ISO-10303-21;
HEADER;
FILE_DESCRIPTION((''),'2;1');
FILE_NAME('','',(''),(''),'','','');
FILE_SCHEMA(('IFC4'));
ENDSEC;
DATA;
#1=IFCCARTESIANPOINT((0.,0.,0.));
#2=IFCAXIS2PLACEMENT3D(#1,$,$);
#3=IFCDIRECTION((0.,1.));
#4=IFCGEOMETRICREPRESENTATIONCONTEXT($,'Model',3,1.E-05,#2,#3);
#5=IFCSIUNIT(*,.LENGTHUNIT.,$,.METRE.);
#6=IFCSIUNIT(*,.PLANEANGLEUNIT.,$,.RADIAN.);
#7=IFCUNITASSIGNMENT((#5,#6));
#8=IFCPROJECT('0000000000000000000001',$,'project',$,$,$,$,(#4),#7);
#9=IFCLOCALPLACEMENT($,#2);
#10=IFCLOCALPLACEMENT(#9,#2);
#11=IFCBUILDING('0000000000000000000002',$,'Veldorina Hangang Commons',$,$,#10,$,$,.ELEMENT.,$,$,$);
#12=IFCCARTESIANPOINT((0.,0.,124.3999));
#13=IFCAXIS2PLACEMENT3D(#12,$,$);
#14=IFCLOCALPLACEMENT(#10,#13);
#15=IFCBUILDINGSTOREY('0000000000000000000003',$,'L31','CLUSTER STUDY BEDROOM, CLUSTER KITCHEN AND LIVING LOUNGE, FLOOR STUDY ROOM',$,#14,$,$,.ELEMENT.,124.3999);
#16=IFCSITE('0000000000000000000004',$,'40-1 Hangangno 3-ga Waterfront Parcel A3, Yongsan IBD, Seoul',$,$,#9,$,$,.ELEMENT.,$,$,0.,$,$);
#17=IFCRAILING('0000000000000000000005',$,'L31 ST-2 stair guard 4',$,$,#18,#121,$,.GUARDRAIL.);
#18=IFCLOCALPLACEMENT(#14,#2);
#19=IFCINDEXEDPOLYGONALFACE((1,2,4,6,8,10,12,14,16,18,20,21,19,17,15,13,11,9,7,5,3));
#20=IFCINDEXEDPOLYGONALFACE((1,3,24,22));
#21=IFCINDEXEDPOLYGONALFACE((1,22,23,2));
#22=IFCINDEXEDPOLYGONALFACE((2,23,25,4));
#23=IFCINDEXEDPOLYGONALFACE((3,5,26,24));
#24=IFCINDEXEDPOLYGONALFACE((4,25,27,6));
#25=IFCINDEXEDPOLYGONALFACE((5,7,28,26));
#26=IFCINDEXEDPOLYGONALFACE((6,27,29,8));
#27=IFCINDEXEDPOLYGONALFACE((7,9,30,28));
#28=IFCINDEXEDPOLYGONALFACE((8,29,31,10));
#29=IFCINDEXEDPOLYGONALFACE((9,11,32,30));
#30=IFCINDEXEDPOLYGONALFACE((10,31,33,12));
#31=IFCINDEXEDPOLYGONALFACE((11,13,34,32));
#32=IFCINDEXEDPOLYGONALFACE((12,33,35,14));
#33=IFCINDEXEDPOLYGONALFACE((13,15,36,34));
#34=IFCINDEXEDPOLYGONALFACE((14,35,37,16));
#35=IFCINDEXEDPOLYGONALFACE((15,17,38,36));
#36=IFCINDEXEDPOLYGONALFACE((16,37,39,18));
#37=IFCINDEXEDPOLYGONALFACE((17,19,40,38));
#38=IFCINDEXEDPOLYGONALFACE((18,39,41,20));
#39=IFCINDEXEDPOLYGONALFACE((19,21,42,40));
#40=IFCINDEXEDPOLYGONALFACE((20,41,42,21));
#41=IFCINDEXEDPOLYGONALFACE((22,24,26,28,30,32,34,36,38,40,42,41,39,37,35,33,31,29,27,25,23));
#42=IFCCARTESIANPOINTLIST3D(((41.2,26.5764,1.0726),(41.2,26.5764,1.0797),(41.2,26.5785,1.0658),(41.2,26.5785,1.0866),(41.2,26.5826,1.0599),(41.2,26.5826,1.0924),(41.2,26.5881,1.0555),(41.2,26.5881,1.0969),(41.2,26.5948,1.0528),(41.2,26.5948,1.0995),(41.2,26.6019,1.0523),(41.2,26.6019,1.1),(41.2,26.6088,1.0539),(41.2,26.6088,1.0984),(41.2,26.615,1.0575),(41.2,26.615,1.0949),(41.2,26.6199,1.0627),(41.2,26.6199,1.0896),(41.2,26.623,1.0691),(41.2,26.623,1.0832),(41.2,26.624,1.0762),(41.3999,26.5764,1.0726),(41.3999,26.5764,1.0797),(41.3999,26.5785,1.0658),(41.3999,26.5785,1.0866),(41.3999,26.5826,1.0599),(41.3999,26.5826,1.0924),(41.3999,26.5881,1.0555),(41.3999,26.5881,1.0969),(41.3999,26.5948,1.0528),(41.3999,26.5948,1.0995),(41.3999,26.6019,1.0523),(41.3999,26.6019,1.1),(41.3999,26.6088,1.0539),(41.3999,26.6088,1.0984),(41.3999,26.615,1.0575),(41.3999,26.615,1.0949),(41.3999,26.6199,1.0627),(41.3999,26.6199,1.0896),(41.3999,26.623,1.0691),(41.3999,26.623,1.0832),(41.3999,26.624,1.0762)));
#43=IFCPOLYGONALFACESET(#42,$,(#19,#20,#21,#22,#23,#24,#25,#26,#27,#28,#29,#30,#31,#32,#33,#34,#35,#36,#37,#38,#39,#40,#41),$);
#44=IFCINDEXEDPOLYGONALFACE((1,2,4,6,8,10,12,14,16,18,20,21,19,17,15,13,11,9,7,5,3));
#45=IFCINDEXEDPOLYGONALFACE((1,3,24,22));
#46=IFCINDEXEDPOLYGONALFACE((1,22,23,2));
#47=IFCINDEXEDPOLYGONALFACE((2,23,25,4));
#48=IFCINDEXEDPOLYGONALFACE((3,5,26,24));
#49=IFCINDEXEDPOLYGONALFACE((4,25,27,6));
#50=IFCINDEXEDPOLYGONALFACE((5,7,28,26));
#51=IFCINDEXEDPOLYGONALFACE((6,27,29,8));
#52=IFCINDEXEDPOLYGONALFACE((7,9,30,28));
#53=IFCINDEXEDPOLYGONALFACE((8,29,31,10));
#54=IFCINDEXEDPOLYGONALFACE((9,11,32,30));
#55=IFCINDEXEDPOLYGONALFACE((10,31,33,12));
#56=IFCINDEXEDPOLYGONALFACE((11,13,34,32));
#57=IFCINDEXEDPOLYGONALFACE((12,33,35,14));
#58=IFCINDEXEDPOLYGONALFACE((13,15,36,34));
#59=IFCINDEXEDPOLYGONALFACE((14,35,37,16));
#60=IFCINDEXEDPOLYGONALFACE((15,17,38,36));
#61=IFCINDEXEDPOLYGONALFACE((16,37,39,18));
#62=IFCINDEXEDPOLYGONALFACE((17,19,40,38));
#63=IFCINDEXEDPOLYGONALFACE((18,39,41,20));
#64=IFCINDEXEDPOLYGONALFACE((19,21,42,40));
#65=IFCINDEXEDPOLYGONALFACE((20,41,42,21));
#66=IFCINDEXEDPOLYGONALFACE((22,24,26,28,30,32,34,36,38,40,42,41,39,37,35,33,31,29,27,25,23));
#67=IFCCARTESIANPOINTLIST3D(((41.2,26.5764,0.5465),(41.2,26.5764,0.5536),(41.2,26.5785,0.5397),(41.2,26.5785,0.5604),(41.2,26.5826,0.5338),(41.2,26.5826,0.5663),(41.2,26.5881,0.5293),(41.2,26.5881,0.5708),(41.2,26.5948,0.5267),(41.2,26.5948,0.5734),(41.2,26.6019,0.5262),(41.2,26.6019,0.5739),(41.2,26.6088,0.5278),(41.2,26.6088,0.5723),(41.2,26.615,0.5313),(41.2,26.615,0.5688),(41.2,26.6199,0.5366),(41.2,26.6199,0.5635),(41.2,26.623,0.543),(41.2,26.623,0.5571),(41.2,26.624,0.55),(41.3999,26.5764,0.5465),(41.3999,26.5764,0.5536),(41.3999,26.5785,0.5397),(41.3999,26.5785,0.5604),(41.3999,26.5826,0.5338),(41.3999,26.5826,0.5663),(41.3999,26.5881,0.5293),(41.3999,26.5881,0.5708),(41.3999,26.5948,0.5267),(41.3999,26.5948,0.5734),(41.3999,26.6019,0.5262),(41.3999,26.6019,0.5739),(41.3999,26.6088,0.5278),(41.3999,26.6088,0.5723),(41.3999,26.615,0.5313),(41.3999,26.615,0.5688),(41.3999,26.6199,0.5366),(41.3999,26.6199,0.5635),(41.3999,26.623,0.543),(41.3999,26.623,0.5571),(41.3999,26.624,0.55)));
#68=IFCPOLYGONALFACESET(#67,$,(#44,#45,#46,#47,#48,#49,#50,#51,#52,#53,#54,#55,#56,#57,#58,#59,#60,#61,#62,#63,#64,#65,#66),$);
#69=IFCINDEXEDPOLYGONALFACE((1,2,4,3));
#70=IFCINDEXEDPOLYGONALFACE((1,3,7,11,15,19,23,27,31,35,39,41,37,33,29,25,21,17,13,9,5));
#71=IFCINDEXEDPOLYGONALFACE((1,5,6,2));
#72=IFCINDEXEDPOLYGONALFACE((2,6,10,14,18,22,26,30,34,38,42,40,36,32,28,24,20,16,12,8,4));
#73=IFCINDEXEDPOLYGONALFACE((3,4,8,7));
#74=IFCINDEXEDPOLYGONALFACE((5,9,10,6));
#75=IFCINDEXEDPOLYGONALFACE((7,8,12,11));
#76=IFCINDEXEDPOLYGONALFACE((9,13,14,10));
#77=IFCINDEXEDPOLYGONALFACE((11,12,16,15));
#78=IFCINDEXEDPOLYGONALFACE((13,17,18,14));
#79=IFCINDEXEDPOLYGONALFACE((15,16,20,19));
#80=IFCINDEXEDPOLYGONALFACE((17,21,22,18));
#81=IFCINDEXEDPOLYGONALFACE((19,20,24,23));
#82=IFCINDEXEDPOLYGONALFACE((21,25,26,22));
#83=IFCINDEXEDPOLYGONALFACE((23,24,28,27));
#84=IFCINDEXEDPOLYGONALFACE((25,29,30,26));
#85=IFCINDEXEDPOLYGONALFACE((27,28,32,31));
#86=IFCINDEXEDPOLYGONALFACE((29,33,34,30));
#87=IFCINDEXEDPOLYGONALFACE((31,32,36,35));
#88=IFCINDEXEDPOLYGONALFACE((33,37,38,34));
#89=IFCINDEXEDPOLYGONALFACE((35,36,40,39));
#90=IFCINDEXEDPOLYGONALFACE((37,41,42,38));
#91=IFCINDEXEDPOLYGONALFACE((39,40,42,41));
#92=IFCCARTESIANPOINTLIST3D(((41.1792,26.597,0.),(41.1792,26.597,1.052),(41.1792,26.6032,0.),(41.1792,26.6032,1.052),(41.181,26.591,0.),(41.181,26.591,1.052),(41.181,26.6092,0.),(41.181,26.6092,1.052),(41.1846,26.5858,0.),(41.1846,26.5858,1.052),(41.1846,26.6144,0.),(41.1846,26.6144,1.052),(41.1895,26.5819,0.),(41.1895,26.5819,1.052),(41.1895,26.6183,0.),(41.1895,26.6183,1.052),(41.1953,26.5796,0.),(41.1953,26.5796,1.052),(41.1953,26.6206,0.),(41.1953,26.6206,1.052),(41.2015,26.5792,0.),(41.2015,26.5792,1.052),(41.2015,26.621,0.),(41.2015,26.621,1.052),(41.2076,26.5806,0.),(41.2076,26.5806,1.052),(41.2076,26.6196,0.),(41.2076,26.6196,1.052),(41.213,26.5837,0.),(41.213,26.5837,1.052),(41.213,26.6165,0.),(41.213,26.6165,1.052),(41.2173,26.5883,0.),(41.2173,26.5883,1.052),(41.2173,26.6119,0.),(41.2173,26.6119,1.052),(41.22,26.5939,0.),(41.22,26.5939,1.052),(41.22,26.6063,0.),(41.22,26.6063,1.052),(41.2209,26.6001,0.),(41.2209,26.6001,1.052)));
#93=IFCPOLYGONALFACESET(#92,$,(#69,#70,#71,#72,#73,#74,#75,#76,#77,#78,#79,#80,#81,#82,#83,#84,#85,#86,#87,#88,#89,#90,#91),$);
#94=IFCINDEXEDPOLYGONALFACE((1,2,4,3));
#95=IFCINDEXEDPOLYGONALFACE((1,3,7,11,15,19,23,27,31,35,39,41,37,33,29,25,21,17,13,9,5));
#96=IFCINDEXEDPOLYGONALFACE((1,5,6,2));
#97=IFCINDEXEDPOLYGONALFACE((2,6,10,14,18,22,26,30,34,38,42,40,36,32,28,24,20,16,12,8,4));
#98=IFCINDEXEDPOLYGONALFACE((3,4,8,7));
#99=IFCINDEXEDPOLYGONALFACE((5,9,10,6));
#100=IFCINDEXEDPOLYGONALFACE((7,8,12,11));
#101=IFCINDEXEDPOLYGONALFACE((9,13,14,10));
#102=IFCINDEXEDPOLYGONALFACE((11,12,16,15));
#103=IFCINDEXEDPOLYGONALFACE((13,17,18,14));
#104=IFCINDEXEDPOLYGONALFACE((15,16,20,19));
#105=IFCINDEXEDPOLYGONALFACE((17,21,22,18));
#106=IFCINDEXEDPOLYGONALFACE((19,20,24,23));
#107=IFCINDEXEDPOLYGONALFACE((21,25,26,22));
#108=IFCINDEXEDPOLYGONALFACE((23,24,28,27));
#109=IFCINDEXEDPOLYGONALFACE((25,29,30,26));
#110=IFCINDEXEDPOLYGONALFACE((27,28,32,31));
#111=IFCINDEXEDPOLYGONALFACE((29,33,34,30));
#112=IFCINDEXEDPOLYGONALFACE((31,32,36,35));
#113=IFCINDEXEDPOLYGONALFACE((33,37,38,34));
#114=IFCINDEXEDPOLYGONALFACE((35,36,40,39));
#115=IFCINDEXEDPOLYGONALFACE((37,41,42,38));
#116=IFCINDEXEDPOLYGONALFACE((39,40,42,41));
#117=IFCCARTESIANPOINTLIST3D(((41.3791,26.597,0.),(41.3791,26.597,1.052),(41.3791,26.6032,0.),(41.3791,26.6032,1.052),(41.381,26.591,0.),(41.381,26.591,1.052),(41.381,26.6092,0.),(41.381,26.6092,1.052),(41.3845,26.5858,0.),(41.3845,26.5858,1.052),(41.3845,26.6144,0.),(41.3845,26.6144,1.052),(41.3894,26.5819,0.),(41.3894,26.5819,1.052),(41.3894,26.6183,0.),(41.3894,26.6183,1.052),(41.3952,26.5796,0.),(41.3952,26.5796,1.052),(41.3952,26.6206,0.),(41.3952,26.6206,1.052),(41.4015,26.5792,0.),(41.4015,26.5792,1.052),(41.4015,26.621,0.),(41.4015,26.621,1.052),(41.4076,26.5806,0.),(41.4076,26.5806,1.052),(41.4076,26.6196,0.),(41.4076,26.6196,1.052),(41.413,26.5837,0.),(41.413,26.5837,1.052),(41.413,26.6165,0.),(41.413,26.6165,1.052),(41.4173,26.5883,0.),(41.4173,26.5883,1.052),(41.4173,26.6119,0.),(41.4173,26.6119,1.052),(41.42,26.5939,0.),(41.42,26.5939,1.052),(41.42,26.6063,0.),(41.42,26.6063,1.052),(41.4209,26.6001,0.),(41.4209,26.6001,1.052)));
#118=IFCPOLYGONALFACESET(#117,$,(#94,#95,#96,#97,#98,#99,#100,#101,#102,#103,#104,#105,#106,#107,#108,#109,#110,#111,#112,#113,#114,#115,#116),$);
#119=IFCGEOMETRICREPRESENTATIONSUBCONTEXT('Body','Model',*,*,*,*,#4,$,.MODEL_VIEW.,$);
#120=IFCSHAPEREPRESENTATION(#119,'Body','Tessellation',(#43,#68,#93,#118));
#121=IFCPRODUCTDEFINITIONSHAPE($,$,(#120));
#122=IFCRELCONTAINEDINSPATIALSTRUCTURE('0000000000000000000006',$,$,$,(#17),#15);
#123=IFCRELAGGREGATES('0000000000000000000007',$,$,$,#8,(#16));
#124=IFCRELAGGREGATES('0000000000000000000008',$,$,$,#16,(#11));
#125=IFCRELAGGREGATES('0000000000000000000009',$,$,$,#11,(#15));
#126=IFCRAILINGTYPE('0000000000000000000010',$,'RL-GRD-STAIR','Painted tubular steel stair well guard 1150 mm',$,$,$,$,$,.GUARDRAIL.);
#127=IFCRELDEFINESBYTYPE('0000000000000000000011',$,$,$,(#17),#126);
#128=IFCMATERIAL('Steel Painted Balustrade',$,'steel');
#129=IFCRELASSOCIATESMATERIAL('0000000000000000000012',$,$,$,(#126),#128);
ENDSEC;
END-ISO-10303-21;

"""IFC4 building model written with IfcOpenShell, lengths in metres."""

from ifc_helpers import new_model, si_unit, direction, frame, origin, origin_2d, place, context, subcontext, project, spatial, circle, extrude, material, type_object, element, save


model = new_model("IFC4")

# Units and contexts
model_context = context("Model", 3, precision=1e-05, world=origin(), true_north=direction((0.0, 1.0)))
body_context = subcontext(model_context, "Body", "Model", "MODEL_VIEW")
ifc_project = project(units=[si_unit("LENGTHUNIT", "METRE"), si_unit("PLANEANGLEUNIT", "RADIAN")], contexts=[model_context])

# Site, building, storey
site_placement = place(None, origin())
site = spatial("IfcSite", under=ifc_project, at=site_placement, Name="40-1 Hangangno 3-ga Waterfront Parcel A3, Yongsan IBD, Seoul", CompositionType="ELEMENT", RefElevation=0.0)
building_placement = place(site_placement, origin())
building = spatial("IfcBuilding", under=site, at=building_placement, Name="Veldorina Hangang Commons", CompositionType="ELEMENT")
storey_placement = place(building_placement, frame((0.0, 0.0, 124.3999)))
storey = spatial("IfcBuildingStorey", under=building, at=storey_placement, Name="L31", Description="CLUSTER STUDY BEDROOM, CLUSTER KITCHEN AND LIVING LOUNGE, FLOOR STUDY ROOM", CompositionType="ELEMENT", Elevation=124.3999)

# Railing
ifc_material_1 = material(Name="Steel Painted Balustrade", Category="steel")
railing_type_1 = type_object("IfcRailingType", Name="RL-GRD-STAIR", Description="Painted tubular steel stair well guard 1150 mm", PredefinedType="GUARDRAIL", material=ifc_material_1)
railing_1_placement = place(storey_placement, frame((41.2, 26.6001, 0.0)))
element("IfcRailing", 1, at=railing_1_placement, inside=storey, type_object=railing_type_1, Name="L31 ST-2 stair guard 4", PredefinedType="GUARDRAIL", context=body_context, shape_type="SweptSolid", body=[
    extrude(circle(Radius=0.0239, at=origin_2d()), frame((0.0, 0.0, 1.0762), z_axis=(1.0, 0.0, 0.0), x_axis=(0.0, 1.0, 0.0)), (0.0, 0.0, 1.0), 0.2),
    extrude(circle(Radius=0.0239, at=origin_2d()), frame((0.0, 0.0, 0.55), z_axis=(1.0, 0.0, 0.0), x_axis=(0.0, 1.0, 0.0)), (0.0, 0.0, 1.0), 0.2),
    extrude(circle(Radius=0.021, at=origin_2d()), origin(), (0.0, 0.0, 1.0), 1.052),
    extrude(circle(Radius=0.021, at=origin_2d()), frame((0.2, 0.0, 0.0)), (0.0, 0.0, 1.0), 1.052),
])

save(model, "model.ifc")
